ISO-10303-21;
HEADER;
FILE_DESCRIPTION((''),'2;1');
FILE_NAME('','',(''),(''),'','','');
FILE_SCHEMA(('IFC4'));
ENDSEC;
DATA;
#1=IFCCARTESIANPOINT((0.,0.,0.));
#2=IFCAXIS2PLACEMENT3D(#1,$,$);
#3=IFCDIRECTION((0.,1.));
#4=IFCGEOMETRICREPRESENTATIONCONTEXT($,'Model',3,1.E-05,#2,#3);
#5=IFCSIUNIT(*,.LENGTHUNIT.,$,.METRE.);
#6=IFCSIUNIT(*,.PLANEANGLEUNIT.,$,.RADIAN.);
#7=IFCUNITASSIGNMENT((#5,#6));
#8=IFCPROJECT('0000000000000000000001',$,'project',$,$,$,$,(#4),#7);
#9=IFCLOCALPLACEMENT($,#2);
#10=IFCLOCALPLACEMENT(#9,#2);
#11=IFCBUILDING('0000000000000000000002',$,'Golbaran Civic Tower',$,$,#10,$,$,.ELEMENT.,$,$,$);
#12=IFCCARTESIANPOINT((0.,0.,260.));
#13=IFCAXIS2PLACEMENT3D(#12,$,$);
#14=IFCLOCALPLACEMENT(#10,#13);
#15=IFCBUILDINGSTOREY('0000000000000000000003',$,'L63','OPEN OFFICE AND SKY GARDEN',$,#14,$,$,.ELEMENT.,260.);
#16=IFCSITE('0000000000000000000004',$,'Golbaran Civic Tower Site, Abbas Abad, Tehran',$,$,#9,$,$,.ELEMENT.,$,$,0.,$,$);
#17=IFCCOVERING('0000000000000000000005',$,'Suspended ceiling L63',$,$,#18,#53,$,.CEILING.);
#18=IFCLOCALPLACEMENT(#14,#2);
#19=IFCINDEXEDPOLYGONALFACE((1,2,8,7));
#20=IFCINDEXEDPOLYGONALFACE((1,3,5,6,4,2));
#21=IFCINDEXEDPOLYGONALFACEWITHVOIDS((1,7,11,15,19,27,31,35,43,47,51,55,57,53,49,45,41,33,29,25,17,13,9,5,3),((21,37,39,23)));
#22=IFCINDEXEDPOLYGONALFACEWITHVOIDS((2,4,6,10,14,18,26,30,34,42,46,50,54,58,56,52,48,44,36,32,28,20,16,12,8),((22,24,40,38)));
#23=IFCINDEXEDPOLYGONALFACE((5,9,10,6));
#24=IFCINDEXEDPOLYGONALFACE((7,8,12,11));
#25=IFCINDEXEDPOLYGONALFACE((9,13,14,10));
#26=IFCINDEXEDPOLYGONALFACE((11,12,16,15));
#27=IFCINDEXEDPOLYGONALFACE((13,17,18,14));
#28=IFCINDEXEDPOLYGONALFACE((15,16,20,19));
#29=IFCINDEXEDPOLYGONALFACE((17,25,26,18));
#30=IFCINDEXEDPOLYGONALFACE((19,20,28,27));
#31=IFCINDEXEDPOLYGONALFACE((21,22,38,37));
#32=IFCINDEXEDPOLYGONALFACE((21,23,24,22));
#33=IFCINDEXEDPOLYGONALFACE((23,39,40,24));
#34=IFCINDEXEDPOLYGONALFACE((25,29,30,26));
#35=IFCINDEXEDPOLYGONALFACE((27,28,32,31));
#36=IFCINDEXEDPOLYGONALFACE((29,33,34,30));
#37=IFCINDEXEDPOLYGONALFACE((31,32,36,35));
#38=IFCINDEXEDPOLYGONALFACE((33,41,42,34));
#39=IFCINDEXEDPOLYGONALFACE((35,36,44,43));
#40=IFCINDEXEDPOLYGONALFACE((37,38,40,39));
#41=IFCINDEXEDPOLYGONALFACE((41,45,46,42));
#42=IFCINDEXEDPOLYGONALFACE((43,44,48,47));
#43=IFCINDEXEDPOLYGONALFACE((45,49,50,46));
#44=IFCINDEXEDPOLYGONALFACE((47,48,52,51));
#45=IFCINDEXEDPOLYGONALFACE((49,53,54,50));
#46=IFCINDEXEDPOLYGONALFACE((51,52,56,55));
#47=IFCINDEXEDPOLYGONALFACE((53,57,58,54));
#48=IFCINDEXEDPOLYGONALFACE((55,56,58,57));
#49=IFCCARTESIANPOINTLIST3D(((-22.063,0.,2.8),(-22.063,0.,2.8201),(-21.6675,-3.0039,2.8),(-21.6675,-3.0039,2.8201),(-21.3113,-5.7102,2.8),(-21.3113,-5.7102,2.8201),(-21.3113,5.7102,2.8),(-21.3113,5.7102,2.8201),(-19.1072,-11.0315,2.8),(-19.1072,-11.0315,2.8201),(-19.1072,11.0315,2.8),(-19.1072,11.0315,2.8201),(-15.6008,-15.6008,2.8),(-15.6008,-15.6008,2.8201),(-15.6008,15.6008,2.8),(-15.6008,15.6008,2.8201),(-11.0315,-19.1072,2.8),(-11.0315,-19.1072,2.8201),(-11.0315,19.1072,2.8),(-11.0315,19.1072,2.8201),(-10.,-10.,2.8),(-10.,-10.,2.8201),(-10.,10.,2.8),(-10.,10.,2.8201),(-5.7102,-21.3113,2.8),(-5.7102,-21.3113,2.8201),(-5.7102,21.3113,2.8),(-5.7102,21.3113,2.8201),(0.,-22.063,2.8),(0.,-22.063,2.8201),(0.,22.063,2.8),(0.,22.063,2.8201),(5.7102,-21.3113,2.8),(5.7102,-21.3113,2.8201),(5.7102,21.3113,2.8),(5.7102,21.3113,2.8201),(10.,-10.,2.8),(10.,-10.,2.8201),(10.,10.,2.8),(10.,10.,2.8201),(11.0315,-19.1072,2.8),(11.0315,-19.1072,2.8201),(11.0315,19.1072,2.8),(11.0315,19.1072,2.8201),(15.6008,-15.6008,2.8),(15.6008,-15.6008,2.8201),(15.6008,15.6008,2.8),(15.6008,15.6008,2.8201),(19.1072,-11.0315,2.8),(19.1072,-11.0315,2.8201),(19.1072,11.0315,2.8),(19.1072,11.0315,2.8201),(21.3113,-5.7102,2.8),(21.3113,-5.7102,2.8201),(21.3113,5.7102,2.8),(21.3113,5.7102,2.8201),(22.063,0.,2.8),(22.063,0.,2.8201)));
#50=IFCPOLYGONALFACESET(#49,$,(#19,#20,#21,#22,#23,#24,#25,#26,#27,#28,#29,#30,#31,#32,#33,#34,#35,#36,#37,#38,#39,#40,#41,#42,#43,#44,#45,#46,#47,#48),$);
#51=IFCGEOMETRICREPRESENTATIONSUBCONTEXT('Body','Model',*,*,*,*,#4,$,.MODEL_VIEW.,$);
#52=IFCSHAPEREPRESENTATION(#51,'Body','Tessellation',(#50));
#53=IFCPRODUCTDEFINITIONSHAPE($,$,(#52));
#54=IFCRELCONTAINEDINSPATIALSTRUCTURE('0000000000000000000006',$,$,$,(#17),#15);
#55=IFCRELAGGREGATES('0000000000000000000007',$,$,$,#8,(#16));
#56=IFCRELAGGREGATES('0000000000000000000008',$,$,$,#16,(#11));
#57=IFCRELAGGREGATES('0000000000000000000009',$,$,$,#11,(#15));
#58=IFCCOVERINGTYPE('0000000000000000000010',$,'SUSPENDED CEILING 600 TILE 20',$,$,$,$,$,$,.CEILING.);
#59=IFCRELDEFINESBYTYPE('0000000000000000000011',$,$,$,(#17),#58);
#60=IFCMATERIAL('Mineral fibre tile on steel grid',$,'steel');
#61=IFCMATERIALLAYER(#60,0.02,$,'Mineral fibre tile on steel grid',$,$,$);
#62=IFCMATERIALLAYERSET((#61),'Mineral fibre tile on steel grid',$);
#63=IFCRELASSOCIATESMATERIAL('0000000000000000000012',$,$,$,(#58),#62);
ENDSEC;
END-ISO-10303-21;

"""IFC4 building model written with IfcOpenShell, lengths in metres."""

from ifc_helpers import new_model, si_unit, direction, frame, origin, place, context, subcontext, project, spatial, polyline, outline, extrude, material, layer, layer_set, type_object, element, save


model = new_model("IFC4")

# Units and contexts
model_context = context("Model", 3, precision=1e-05, world=origin(), true_north=direction((0.0, 1.0)))
body_context = subcontext(model_context, "Body", "Model", "MODEL_VIEW")
ifc_project = project(units=[si_unit("LENGTHUNIT", "METRE"), si_unit("PLANEANGLEUNIT", "RADIAN")], contexts=[model_context])

# Site, building, storey
site_placement = place(None, origin())
site = spatial("IfcSite", under=ifc_project, at=site_placement, Name="Golbaran Civic Tower Site, Abbas Abad, Tehran", CompositionType="ELEMENT", RefElevation=0.0)
building_placement = place(site_placement, origin())
building = spatial("IfcBuilding", under=site, at=building_placement, Name="Golbaran Civic Tower", CompositionType="ELEMENT")
storey_placement = place(building_placement, frame((0.0, 0.0, 260.0)))
storey = spatial("IfcBuildingStorey", under=building, at=storey_placement, Name="L63", Description="OPEN OFFICE AND SKY GARDEN", CompositionType="ELEMENT", Elevation=260.0)

# Covering
ifc_material_1 = material(Name="Mineral fibre tile on steel grid", Category="steel")
ifc_layer_1 = layer(ifc_material_1, 0.02, Name="Mineral fibre tile on steel grid")
ifc_layer_set_1 = layer_set([ifc_layer_1], Name="Mineral fibre tile on steel grid")
covering_type = type_object("IfcCoveringType", Name="SUSPENDED CEILING 600 TILE 20", PredefinedType="CEILING", material=ifc_layer_set_1)
covering_placement = place(storey_placement, frame((0.0, 0.0, 2.8)))
element("IfcCovering", 1, at=covering_placement, inside=storey, type_object=covering_type, Name="Suspended ceiling L63", PredefinedType="CEILING", context=body_context, shape_type="SweptSolid", body=[
    extrude(outline(polyline([(-19.1072, 11.0315), (-15.6008, 15.6008), (-11.0315, 19.1072), (-5.7102, 21.3113), (0.0, 22.063), (5.7102, 21.3113), (11.0315, 19.1072), (15.6008, 15.6008), (19.1072, 11.0315), (21.3113, 5.7102), (22.063, 0.0), (21.3113, -5.7102), (19.1072, -11.0315), (15.6008, -15.6008), (11.0315, -19.1072), (5.7102, -21.3113), (0.0, -22.063), (-5.7102, -21.3113), (-11.0315, -19.1072), (-15.6008, -15.6008), (-19.1072, -11.0315), (-21.3113, -5.7102), (-21.6675, -3.0039), (-22.063, 0.0), (-21.3113, 5.7102), (-19.1072, 11.0315)]), holes=[polyline([(-10.0, 10.0), (-10.0, -10.0), (10.0, -10.0), (10.0, 10.0), (-10.0, 10.0)])]), origin(), (0.0, 0.0, 1.0), 0.02),
])

save(model, "model.ifc")
